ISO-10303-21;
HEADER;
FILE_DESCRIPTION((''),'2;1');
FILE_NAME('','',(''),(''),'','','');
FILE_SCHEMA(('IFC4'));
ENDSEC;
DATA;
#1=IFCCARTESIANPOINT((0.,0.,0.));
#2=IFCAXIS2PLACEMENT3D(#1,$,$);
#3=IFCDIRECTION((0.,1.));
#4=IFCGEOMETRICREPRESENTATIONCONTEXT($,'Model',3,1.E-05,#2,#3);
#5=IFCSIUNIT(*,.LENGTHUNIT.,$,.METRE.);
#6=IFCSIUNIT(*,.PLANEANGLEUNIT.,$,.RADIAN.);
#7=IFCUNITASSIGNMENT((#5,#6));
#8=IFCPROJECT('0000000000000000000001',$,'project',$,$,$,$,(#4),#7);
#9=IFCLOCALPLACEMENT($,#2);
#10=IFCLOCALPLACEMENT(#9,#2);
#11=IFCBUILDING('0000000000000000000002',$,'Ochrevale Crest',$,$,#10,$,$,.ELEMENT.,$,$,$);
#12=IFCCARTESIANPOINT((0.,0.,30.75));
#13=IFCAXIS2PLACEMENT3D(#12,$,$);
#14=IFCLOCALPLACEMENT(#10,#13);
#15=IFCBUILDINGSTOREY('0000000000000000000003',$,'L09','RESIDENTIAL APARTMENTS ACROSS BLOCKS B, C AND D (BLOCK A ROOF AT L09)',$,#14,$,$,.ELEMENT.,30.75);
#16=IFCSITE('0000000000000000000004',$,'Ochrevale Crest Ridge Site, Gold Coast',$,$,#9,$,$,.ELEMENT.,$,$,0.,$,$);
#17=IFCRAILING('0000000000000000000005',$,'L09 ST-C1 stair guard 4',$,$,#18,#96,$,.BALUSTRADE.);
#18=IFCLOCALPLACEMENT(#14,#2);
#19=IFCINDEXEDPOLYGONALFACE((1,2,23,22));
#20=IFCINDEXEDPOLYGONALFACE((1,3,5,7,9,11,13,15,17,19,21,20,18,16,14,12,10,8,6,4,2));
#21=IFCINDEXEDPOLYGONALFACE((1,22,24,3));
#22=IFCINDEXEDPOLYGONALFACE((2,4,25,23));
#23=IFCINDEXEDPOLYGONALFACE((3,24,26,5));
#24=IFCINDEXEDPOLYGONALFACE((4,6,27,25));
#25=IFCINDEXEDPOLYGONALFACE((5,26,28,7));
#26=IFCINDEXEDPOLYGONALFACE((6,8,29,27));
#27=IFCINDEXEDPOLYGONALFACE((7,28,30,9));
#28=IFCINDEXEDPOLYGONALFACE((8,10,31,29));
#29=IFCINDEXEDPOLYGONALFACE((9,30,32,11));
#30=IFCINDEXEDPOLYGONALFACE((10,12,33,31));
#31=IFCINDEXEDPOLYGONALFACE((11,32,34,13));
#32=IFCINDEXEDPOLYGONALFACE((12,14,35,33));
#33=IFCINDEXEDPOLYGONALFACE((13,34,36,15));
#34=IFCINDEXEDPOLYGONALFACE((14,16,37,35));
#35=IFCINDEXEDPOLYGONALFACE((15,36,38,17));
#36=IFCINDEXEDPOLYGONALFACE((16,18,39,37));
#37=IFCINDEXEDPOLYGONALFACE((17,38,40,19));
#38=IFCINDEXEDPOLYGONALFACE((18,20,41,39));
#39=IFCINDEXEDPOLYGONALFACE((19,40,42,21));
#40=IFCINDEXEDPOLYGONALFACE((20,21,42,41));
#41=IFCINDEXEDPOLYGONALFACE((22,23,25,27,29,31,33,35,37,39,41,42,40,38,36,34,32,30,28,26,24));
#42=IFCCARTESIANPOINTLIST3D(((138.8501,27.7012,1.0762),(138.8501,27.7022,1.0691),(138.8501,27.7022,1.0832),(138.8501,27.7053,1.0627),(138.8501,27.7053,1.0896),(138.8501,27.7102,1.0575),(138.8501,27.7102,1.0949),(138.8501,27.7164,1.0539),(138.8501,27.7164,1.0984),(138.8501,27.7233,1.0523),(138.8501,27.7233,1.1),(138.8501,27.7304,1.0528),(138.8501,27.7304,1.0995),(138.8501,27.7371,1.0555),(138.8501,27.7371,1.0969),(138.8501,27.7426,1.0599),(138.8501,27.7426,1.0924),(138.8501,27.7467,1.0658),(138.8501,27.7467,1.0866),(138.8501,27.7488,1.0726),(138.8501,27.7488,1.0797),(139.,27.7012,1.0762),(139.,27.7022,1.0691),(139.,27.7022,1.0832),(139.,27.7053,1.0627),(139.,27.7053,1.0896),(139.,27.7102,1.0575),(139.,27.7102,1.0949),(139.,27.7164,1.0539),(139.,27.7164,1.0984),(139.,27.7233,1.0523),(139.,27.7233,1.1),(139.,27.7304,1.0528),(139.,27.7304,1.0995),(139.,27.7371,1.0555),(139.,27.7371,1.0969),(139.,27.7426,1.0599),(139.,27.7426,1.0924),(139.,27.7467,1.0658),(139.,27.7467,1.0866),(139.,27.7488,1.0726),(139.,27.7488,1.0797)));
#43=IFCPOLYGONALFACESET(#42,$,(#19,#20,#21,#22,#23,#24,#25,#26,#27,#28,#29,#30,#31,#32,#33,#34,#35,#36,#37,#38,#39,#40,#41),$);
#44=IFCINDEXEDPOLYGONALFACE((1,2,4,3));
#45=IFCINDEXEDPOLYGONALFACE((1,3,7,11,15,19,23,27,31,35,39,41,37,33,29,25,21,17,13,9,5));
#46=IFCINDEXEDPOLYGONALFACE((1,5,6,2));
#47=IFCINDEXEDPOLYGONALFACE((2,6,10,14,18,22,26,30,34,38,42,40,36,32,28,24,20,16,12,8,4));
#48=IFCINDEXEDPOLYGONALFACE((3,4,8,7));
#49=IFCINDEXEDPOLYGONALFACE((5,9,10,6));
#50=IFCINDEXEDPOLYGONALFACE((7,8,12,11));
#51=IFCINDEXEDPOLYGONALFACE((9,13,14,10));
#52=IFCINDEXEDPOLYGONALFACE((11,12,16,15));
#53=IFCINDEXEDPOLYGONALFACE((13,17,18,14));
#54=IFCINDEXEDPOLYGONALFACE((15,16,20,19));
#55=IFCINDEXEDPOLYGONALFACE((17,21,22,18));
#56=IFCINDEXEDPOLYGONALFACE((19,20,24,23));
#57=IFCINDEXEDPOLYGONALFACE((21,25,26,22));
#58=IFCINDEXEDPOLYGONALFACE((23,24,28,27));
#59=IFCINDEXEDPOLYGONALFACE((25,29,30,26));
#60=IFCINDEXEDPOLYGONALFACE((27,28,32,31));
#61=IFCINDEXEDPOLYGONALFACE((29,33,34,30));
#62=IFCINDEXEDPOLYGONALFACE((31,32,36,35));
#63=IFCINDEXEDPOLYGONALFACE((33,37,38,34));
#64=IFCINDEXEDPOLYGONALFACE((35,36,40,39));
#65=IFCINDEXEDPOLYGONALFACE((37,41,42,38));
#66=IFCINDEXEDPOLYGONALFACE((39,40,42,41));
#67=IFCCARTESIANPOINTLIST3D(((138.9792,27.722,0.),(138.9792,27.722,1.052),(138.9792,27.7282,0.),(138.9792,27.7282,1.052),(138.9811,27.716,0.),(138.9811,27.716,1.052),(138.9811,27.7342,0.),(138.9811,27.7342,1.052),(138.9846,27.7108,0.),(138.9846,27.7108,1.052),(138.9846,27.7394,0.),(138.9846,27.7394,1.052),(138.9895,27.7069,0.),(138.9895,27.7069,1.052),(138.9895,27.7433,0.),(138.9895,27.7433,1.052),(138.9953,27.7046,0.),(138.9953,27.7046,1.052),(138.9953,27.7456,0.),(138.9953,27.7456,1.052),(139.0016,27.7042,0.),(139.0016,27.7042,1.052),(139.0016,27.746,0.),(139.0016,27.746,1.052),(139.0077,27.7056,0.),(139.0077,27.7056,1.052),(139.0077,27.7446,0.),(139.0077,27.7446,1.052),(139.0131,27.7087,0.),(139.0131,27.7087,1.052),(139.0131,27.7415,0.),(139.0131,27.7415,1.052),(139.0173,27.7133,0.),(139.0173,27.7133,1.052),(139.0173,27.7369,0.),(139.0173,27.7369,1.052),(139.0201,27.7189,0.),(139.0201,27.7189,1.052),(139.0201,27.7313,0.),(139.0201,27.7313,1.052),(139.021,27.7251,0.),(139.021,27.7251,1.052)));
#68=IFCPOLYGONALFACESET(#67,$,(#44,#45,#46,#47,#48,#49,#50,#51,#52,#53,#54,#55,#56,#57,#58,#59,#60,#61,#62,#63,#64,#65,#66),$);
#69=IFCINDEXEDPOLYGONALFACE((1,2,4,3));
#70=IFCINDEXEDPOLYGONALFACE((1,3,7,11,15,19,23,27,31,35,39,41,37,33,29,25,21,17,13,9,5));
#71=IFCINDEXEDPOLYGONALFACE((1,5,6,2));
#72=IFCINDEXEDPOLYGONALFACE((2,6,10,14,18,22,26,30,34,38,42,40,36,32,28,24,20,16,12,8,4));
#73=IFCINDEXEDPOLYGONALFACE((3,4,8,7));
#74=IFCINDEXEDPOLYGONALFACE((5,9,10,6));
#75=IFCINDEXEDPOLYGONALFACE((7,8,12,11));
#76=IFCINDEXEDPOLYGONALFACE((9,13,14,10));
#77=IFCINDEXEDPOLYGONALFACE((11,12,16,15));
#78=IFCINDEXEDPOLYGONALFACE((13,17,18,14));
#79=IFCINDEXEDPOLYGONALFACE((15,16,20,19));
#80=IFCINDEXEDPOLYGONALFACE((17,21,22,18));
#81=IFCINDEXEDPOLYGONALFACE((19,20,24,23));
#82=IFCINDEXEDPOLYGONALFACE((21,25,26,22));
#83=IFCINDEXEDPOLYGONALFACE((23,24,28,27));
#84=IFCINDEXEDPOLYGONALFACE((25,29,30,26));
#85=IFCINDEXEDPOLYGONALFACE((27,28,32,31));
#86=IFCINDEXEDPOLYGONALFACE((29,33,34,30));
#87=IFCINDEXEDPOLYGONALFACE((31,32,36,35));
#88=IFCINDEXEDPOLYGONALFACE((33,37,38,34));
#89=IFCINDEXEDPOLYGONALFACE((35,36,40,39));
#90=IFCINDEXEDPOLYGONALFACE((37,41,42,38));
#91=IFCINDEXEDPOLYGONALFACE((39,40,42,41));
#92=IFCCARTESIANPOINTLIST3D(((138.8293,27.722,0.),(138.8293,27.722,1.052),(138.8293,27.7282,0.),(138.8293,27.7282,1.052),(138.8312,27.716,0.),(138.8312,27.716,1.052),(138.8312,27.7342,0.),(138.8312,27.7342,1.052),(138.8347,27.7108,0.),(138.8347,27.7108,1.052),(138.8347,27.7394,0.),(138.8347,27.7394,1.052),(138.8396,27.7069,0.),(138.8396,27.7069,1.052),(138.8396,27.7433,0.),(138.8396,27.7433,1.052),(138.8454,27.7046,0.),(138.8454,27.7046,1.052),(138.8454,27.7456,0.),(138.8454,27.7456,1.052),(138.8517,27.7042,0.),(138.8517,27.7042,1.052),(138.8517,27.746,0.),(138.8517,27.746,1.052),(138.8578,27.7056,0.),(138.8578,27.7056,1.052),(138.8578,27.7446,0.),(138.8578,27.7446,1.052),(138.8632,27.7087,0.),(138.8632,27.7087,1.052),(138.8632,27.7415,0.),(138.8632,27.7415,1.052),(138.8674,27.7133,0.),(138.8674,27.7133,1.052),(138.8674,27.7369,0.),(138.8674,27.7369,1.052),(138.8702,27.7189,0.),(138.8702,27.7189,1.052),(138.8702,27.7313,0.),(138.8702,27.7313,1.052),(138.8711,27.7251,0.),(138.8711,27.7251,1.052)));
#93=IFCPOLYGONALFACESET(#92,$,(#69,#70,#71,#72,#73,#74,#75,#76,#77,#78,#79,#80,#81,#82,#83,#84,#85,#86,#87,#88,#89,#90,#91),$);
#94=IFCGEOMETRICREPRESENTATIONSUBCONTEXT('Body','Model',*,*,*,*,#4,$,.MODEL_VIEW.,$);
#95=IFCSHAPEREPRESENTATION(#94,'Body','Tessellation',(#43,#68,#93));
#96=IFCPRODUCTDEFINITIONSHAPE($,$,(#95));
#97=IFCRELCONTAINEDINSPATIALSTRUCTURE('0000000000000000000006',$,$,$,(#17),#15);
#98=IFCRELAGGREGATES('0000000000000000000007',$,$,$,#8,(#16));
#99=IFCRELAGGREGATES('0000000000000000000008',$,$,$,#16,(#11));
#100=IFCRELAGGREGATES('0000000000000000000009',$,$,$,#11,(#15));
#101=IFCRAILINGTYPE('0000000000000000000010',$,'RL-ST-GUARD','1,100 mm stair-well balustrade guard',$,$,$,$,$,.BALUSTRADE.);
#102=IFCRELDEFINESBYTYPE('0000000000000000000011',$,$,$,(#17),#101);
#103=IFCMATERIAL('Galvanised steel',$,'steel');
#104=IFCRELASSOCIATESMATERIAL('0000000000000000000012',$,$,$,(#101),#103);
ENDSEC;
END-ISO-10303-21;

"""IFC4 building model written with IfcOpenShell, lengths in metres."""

from ifc_helpers import new_model, si_unit, direction, frame, origin, origin_2d, place, context, subcontext, project, spatial, circle, extrude, material, type_object, element, save


model = new_model("IFC4")

# Units and contexts
model_context = context("Model", 3, precision=1e-05, world=origin(), true_north=direction((0.0, 1.0)))
body_context = subcontext(model_context, "Body", "Model", "MODEL_VIEW")
ifc_project = project(units=[si_unit("LENGTHUNIT", "METRE"), si_unit("PLANEANGLEUNIT", "RADIAN")], contexts=[model_context])

# Site, building, storey
site_placement = place(None, origin())
site = spatial("IfcSite", under=ifc_project, at=site_placement, Name="Ochrevale Crest Ridge Site, Gold Coast", CompositionType="ELEMENT", RefElevation=0.0)
building_placement = place(site_placement, origin())
building = spatial("IfcBuilding", under=site, at=building_placement, Name="Ochrevale Crest", CompositionType="ELEMENT")
storey_placement = place(building_placement, frame((0.0, 0.0, 30.75)))
storey = spatial("IfcBuildingStorey", under=building, at=storey_placement, Name="L09", Description="RESIDENTIAL APARTMENTS ACROSS BLOCKS B, C AND D (BLOCK A ROOF AT L09)", CompositionType="ELEMENT", Elevation=30.75)

# Railing
ifc_material_1 = material(Name="Galvanised steel", Category="steel")
railing_type_1 = type_object("IfcRailingType", Name="RL-ST-GUARD", Description="1,100 mm stair-well balustrade guard", PredefinedType="BALUSTRADE", material=ifc_material_1)
railing_1_placement = place(storey_placement, frame((139.0, 27.7251, 0.0)))
element("IfcRailing", 1, at=railing_1_placement, inside=storey, type_object=railing_type_1, Name="L09 ST-C1 stair guard 4", PredefinedType="BALUSTRADE", context=body_context, shape_type="SweptSolid", body=[
    extrude(circle(Radius=0.0239, at=origin_2d()), frame((0.0, 0.0, 1.0762), z_axis=(-1.0, 0.0, 0.0), x_axis=(0.0, -1.0, 0.0)), (0.0, 0.0, 1.0), 0.1499),
    extrude(circle(Radius=0.021, at=origin_2d()), origin(), (0.0, 0.0, 1.0), 1.052),
    extrude(circle(Radius=0.021, at=origin_2d()), frame((-0.1499, 0.0, 0.0)), (0.0, 0.0, 1.0), 1.052),
])

save(model, "model.ifc")
